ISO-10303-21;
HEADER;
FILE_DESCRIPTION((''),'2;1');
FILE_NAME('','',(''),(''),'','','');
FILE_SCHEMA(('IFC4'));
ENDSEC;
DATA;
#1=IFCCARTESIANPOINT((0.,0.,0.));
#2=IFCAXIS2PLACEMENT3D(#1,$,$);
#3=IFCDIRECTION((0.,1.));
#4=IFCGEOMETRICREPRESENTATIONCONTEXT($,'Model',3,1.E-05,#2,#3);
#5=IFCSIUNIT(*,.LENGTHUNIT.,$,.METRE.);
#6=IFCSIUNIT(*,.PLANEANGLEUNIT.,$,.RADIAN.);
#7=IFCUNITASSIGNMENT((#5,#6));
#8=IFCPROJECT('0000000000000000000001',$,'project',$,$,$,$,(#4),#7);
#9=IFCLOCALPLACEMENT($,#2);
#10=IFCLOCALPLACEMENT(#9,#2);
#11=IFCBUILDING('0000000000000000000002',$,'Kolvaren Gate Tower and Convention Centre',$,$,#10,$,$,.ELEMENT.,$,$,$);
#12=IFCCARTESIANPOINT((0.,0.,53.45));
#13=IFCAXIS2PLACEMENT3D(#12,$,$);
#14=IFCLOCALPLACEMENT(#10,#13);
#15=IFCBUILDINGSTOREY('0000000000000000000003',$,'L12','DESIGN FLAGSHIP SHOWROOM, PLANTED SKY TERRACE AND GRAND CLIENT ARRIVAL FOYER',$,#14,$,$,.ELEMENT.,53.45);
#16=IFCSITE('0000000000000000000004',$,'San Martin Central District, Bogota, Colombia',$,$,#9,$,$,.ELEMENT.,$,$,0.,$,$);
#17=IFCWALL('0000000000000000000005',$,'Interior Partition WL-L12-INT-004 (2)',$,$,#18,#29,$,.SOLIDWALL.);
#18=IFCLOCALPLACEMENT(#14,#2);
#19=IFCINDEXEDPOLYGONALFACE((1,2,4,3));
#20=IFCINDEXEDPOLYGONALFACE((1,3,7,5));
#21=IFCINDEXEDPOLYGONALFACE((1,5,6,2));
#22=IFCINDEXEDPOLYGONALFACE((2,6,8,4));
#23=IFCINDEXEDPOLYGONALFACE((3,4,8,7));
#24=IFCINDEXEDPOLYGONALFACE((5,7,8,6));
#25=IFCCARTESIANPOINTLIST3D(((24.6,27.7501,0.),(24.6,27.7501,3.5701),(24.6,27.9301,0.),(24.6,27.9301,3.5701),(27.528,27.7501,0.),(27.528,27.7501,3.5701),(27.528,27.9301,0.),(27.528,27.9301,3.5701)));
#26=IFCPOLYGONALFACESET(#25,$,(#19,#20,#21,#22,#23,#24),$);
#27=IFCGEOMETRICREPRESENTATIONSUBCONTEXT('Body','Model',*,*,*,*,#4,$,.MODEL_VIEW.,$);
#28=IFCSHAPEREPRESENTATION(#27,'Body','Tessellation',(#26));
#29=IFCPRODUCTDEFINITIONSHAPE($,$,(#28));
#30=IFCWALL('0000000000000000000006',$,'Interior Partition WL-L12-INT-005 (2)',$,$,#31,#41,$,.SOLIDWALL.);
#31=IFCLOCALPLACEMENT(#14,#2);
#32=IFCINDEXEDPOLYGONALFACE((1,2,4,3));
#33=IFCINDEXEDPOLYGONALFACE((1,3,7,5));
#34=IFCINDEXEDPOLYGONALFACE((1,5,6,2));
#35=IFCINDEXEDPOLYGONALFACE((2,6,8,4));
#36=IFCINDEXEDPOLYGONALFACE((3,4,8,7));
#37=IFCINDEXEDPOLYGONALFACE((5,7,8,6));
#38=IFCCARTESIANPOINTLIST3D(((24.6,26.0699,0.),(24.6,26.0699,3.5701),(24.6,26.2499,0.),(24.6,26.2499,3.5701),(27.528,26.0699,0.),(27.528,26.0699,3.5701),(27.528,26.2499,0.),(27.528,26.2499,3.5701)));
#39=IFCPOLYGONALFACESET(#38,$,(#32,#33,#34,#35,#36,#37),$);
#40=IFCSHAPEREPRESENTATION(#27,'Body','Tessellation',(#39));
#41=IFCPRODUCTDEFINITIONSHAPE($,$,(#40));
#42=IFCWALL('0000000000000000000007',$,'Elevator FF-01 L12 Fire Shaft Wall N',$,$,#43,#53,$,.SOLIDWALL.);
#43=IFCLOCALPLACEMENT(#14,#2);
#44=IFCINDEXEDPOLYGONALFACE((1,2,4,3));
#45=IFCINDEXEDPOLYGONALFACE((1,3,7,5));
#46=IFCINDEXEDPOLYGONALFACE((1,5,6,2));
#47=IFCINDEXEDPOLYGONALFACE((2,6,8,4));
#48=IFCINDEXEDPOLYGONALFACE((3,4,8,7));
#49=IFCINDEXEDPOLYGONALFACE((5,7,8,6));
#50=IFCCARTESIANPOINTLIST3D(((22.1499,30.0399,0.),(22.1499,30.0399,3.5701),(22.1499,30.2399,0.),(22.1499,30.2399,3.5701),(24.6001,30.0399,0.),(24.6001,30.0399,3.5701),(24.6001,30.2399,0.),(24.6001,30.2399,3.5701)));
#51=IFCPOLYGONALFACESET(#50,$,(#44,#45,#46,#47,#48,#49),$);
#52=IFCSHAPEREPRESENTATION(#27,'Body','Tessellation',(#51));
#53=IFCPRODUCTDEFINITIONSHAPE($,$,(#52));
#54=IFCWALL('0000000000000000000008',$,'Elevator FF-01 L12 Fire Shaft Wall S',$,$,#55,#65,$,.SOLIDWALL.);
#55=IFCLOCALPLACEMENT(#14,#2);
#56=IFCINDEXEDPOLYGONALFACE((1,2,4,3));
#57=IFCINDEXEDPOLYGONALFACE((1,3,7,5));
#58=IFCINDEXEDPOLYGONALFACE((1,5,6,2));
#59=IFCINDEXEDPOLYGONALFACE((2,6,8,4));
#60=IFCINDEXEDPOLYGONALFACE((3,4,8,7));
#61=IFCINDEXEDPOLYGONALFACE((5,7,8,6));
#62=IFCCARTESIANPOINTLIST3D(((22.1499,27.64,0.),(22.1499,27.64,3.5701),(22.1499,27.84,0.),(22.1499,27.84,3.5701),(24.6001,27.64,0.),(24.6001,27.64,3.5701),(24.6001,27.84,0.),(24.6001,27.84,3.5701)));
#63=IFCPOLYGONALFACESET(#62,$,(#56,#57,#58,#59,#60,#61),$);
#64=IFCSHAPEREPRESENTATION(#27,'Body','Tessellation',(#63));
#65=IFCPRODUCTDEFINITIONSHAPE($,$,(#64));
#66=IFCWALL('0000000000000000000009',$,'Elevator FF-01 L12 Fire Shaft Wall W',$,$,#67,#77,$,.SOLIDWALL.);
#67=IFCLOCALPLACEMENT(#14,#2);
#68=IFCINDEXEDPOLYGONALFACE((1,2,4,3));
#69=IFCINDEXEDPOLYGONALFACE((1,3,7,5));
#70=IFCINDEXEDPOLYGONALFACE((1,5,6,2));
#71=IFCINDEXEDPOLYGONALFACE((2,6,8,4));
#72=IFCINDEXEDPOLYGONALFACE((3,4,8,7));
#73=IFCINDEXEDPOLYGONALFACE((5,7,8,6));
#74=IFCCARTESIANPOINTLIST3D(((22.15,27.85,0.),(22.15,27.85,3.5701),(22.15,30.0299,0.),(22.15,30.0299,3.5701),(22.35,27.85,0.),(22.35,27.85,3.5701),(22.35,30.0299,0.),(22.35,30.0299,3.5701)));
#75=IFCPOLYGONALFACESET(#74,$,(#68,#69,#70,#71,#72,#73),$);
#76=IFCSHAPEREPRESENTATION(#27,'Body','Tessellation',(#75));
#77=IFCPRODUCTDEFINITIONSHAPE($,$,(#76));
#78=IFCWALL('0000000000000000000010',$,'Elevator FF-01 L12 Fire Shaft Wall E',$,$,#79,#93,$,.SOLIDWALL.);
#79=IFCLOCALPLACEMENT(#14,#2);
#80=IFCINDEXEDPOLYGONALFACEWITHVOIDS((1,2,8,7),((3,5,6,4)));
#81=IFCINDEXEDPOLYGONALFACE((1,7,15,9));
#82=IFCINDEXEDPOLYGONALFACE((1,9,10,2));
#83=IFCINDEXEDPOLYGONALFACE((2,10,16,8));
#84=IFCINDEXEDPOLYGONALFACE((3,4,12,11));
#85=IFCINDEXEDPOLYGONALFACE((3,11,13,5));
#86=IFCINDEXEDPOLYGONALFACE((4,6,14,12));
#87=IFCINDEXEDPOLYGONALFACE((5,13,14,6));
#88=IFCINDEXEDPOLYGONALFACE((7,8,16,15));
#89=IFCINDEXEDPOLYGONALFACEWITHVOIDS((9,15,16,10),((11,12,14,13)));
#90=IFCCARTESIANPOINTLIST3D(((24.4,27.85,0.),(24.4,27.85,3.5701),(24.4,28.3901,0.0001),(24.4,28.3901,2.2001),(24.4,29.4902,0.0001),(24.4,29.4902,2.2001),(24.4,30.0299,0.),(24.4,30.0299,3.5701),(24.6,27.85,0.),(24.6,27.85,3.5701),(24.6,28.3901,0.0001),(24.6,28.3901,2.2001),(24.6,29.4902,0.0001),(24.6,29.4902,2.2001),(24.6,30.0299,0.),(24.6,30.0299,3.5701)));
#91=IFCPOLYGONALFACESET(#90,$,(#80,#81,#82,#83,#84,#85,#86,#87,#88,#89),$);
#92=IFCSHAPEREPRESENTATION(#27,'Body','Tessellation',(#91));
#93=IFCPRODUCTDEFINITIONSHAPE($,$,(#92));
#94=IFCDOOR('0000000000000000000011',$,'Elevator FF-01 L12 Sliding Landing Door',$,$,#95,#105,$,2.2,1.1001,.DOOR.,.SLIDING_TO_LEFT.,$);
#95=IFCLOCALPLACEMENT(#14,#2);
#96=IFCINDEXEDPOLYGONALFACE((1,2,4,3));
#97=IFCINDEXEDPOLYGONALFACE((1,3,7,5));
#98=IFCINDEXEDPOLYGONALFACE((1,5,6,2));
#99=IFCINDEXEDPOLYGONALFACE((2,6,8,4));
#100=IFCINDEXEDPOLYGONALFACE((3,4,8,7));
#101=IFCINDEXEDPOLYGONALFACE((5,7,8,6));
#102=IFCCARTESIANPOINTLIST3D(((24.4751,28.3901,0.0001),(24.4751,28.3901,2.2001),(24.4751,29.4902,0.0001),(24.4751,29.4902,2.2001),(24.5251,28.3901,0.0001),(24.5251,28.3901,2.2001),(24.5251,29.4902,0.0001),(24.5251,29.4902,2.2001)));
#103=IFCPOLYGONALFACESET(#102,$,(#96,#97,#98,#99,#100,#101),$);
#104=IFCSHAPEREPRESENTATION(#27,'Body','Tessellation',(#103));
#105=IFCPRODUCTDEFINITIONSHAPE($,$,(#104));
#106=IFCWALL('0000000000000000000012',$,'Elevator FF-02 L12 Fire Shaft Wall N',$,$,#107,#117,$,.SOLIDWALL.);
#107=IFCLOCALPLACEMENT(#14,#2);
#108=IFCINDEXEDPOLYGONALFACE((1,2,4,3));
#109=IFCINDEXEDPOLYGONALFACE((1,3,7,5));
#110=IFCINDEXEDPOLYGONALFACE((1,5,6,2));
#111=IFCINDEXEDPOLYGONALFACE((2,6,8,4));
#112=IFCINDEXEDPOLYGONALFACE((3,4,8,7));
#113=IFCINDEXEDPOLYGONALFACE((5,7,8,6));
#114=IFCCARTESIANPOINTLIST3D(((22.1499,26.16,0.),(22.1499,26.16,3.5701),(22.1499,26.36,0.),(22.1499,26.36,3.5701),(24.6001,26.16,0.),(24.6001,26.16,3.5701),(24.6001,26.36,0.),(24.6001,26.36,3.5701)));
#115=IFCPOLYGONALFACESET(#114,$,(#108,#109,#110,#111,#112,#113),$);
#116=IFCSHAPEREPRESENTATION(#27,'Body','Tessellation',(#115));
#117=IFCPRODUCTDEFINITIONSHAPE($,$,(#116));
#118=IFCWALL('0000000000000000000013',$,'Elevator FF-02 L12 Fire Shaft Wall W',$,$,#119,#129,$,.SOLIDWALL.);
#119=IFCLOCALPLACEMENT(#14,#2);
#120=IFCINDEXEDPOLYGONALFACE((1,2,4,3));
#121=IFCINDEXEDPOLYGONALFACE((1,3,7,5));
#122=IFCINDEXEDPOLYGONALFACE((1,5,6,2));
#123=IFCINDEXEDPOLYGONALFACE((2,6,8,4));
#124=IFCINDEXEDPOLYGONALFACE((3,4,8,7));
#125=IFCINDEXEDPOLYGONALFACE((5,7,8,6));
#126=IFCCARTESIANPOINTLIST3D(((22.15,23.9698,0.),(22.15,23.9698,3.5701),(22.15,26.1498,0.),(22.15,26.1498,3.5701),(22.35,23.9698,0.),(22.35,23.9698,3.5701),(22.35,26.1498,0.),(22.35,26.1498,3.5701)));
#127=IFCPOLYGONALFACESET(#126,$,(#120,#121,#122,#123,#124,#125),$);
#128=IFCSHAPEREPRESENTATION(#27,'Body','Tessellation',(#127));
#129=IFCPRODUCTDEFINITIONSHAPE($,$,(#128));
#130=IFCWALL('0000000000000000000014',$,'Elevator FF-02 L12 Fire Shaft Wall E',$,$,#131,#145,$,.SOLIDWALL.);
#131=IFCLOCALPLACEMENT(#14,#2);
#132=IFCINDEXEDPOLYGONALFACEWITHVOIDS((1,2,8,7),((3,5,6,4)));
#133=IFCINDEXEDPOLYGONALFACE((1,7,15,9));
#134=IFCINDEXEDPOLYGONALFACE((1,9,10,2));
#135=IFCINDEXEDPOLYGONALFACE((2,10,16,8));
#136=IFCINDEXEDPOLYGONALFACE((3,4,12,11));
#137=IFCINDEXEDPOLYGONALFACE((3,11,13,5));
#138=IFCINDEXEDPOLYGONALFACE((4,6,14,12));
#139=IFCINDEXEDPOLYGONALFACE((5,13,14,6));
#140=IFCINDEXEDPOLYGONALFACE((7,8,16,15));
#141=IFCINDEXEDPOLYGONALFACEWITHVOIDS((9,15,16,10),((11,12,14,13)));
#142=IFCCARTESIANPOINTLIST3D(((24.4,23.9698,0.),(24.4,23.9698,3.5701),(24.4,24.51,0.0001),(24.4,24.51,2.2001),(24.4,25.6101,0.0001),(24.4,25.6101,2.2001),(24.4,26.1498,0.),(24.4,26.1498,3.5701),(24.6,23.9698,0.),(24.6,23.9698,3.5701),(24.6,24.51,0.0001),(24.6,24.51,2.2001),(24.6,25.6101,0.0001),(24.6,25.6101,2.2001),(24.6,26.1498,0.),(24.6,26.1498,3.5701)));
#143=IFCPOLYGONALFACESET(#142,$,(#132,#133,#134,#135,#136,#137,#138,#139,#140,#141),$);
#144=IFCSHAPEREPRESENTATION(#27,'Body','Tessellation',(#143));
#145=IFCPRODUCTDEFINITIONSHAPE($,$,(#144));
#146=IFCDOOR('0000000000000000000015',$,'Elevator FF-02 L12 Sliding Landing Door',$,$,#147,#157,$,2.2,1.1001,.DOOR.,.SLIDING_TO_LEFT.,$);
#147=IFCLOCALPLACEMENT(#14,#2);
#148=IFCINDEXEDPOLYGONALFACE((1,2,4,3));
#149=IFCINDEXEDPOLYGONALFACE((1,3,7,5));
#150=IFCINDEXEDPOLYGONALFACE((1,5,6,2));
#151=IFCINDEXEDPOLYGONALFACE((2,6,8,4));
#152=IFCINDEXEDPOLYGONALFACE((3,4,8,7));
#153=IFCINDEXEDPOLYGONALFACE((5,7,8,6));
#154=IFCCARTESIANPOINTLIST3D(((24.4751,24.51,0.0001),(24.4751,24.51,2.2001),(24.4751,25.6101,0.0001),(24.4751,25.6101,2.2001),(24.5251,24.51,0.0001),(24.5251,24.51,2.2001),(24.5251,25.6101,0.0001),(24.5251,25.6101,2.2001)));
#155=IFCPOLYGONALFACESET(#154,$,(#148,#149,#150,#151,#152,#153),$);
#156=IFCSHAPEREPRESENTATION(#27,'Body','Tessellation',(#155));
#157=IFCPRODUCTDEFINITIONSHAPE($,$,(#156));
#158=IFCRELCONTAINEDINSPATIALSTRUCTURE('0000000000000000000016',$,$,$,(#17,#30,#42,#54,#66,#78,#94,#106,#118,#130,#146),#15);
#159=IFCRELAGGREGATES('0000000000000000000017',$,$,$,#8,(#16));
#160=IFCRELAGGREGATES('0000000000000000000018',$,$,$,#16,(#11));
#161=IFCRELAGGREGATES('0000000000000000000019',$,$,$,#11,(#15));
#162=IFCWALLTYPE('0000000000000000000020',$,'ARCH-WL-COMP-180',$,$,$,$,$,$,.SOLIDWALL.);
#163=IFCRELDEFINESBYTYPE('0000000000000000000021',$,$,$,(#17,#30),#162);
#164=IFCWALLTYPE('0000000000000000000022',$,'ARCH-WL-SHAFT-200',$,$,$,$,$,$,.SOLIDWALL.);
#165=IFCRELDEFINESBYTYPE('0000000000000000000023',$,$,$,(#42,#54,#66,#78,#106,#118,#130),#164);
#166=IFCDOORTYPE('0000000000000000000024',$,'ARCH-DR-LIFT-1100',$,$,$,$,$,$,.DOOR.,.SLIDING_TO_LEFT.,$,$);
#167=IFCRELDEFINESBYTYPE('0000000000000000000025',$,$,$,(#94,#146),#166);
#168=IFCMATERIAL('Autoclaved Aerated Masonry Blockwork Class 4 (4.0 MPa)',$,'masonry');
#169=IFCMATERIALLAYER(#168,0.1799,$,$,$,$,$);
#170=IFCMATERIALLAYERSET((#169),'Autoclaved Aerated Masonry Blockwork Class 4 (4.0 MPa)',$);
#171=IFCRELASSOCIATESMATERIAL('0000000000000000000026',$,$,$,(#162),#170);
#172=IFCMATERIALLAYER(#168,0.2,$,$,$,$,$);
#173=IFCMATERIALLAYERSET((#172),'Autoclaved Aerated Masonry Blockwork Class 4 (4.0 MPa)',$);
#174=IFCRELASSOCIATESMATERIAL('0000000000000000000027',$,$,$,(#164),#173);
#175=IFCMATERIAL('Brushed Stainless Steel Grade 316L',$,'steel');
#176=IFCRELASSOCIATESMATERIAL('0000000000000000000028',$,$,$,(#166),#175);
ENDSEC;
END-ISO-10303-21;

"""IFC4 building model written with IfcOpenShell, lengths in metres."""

from ifc_helpers import new_model, si_unit, direction, frame, frame_2d, origin, place, context, subcontext, project, spatial, rectangle, extrude, material, layer, layer_set, type_object, element, fill, save


model = new_model("IFC4")

# Units and contexts
model_context = context("Model", 3, precision=1e-05, world=origin(), true_north=direction((0.0, 1.0)))
body_context = subcontext(model_context, "Body", "Model", "MODEL_VIEW")
ifc_project = project(units=[si_unit("LENGTHUNIT", "METRE"), si_unit("PLANEANGLEUNIT", "RADIAN")], contexts=[model_context])

# Site, building, storey
site_placement = place(None, origin())
site = spatial("IfcSite", under=ifc_project, at=site_placement, Name="San Martin Central District, Bogota, Colombia", CompositionType="ELEMENT", RefElevation=0.0)
building_placement = place(site_placement, origin())
building = spatial("IfcBuilding", under=site, at=building_placement, Name="Kolvaren Gate Tower and Convention Centre", CompositionType="ELEMENT")
storey_placement = place(building_placement, frame((0.0, 0.0, 53.45)))
storey = spatial("IfcBuildingStorey", under=building, at=storey_placement, Name="L12", Description="DESIGN FLAGSHIP SHOWROOM, PLANTED SKY TERRACE AND GRAND CLIENT ARRIVAL FOYER", CompositionType="ELEMENT", Elevation=53.45)

# Walls
ifc_material_1 = material(Name="Autoclaved Aerated Masonry Blockwork Class 4 (4.0 MPa)", Category="masonry")
ifc_layer_1 = layer(ifc_material_1, 0.1799)
ifc_layer_set_1 = layer_set([ifc_layer_1], Name="Autoclaved Aerated Masonry Blockwork Class 4 (4.0 MPa)")
wall_type_1 = type_object("IfcWallType", Name="ARCH-WL-COMP-180", PredefinedType="SOLIDWALL", material=ifc_layer_set_1)
for number, where, z_axis, x_axis, name in (
    (1, (24.6001, 27.8401, 0.0), (0.0, 0.0, 1.0), (1.0, 0.0, 0.0), "Interior Partition WL-L12-INT-004 (2)"),
    (2, (24.6001, 26.1599, 0.0), (0.0, 0.0, 1.0), (1.0, 0.0, 0.0), "Interior Partition WL-L12-INT-005 (2)"),
):
    element("IfcWall", number, at=place(storey_placement, frame(where, z_axis=z_axis, x_axis=x_axis)), inside=storey, type_object=wall_type_1, Name=name, PredefinedType="SOLIDWALL", context=body_context, shape_type="SweptSolid", body=[
        extrude(rectangle(XDim=2.928, YDim=0.1799, at=frame_2d((1.4639, 0.0))), origin(), (0.0, 0.0, 1.0), 3.5701),
    ])
ifc_layer_2 = layer(ifc_material_1, 0.2)
ifc_layer_set_2 = layer_set([ifc_layer_2], Name="Autoclaved Aerated Masonry Blockwork Class 4 (4.0 MPa)")
wall_type_2 = type_object("IfcWallType", Name="ARCH-WL-SHAFT-200", PredefinedType="SOLIDWALL", material=ifc_layer_set_2)
for number, where, z_axis, x_axis, name in (
    (3, (22.1499, 30.1399, 0.0), (0.0, 0.0, 1.0), (1.0, 0.0, 0.0), "Elevator FF-01 L12 Fire Shaft Wall N"),
    (4, (22.1499, 27.74, 0.0), (0.0, 0.0, 1.0), (1.0, 0.0, 0.0), "Elevator FF-01 L12 Fire Shaft Wall S"),
):
    element("IfcWall", number, at=place(storey_placement, frame(where, z_axis=z_axis, x_axis=x_axis)), inside=storey, type_object=wall_type_2, Name=name, PredefinedType="SOLIDWALL", context=body_context, shape_type="SweptSolid", body=[
        extrude(rectangle(XDim=2.4502, YDim=0.2, at=frame_2d((1.2251, 0.0))), origin(), (0.0, 0.0, 1.0), 3.5701),
    ])
wall_1_placement = place(storey_placement, frame((22.25, 27.8501, 0.0), z_axis=(0.0, 0.0, 1.0), x_axis=(0.0, 1.0, 0.0)))
element("IfcWall", 5, at=wall_1_placement, inside=storey, type_object=wall_type_2, Name="Elevator FF-01 L12 Fire Shaft Wall W", PredefinedType="SOLIDWALL", context=body_context, shape_type="SweptSolid", body=[
    extrude(rectangle(XDim=2.1799, YDim=0.2, at=frame_2d((1.0898, 0.0))), origin(), (0.0, 0.0, 1.0), 3.5701),
])

# Wall, opening, door
wall_2_placement = place(storey_placement, frame((24.5, 27.8501, 0.0), z_axis=(0.0, 0.0, 1.0), x_axis=(0.0, 1.0, 0.0)))
wall_2 = element("IfcWall", 6, at=wall_2_placement, inside=storey, type_object=wall_type_2, Name="Elevator FF-01 L12 Fire Shaft Wall E", PredefinedType="SOLIDWALL", context=body_context, shape_type="SweptSolid", body=[
    extrude(rectangle(XDim=2.1799, YDim=0.2, at=frame_2d((1.0898, 0.0))), origin(), (0.0, 0.0, 1.0), 3.5701),
])
opening_1_placement = place(wall_2_placement, frame((0.54, 0.0, 0.0)))
opening_1 = element("IfcOpeningElement", 7, at=opening_1_placement, cuts=wall_2, PredefinedType="OPENING", context=body_context, shape_type="SweptSolid", body=[
    extrude(rectangle(XDim=1.1001, YDim=2.2, at=frame_2d((0.55, 1.1001))), frame((0.0, 0.1099, 0.0), z_axis=(0.0, -1.0, 0.0), x_axis=(1.0, 0.0, 0.0)), (0.0, 0.0, 1.0), 0.22),
])
ifc_material_2 = material(Name="Brushed Stainless Steel Grade 316L", Category="steel")
door_type = type_object("IfcDoorType", Name="ARCH-DR-LIFT-1100", OperationType="SLIDING_TO_LEFT", PredefinedType="DOOR", material=ifc_material_2)
door_1_placement = place(opening_1_placement, origin())
door_1 = element("IfcDoor", 8, at=door_1_placement, inside=storey, type_object=door_type, Name="Elevator FF-01 L12 Sliding Landing Door", OperationType="SLIDING_TO_LEFT", OverallHeight=2.2, OverallWidth=1.1001, PredefinedType="DOOR", context=body_context, shape_type="SweptSolid", body=[
    extrude(rectangle(XDim=1.1001, YDim=2.2, at=frame_2d((0.55, 1.1001))), frame((0.0, 0.0249, 0.0), z_axis=(0.0, -1.0, 0.0), x_axis=(1.0, 0.0, 0.0)), (0.0, 0.0, 1.0), 0.05),
])
fill(opening_1, door_1)

# Walls
wall_3_placement = place(storey_placement, frame((22.1499, 26.26, 0.0), z_axis=(0.0, 0.0, 1.0), x_axis=(1.0, 0.0, 0.0)))
element("IfcWall", 9, at=wall_3_placement, inside=storey, type_object=wall_type_2, Name="Elevator FF-02 L12 Fire Shaft Wall N", PredefinedType="SOLIDWALL", context=body_context, shape_type="SweptSolid", body=[
    extrude(rectangle(XDim=2.4502, YDim=0.2, at=frame_2d((1.2251, 0.0))), origin(), (0.0, 0.0, 1.0), 3.5701),
])
wall_4_placement = place(storey_placement, frame((22.25, 23.97, 0.0), z_axis=(0.0, 0.0, 1.0), x_axis=(0.0, 1.0, 0.0)))
element("IfcWall", 10, at=wall_4_placement, inside=storey, type_object=wall_type_2, Name="Elevator FF-02 L12 Fire Shaft Wall W", PredefinedType="SOLIDWALL", context=body_context, shape_type="SweptSolid", body=[
    extrude(rectangle(XDim=2.1799, YDim=0.2, at=frame_2d((1.0898, 0.0))), origin(), (0.0, 0.0, 1.0), 3.5701),
])

# Wall, opening, door
wall_5_placement = place(storey_placement, frame((24.5, 23.97, 0.0), z_axis=(0.0, 0.0, 1.0), x_axis=(0.0, 1.0, 0.0)))
wall_5 = element("IfcWall", 11, at=wall_5_placement, inside=storey, type_object=wall_type_2, Name="Elevator FF-02 L12 Fire Shaft Wall E", PredefinedType="SOLIDWALL", context=body_context, shape_type="SweptSolid", body=[
    extrude(rectangle(XDim=2.1799, YDim=0.2, at=frame_2d((1.0898, 0.0))), origin(), (0.0, 0.0, 1.0), 3.5701),
])
opening_2_placement = place(wall_5_placement, frame((0.54, 0.0, 0.0)))
opening_2 = element("IfcOpeningElement", 12, at=opening_2_placement, cuts=wall_5, PredefinedType="OPENING", context=body_context, shape_type="SweptSolid", body=[
    extrude(rectangle(XDim=1.1001, YDim=2.2, at=frame_2d((0.55, 1.1001))), frame((0.0, 0.1099, 0.0), z_axis=(0.0, -1.0, 0.0), x_axis=(1.0, 0.0, 0.0)), (0.0, 0.0, 1.0), 0.22),
])
door_2_placement = place(opening_2_placement, origin())
door_2 = element("IfcDoor", 13, at=door_2_placement, inside=storey, type_object=door_type, Name="Elevator FF-02 L12 Sliding Landing Door", OperationType="SLIDING_TO_LEFT", OverallHeight=2.2, OverallWidth=1.1001, PredefinedType="DOOR", context=body_context, shape_type="SweptSolid", body=[
    extrude(rectangle(XDim=1.1001, YDim=2.2, at=frame_2d((0.55, 1.1001))), frame((0.0, 0.0249, 0.0), z_axis=(0.0, -1.0, 0.0), x_axis=(1.0, 0.0, 0.0)), (0.0, 0.0, 1.0), 0.05),
])
fill(opening_2, door_2)

save(model, "model.ifc")
